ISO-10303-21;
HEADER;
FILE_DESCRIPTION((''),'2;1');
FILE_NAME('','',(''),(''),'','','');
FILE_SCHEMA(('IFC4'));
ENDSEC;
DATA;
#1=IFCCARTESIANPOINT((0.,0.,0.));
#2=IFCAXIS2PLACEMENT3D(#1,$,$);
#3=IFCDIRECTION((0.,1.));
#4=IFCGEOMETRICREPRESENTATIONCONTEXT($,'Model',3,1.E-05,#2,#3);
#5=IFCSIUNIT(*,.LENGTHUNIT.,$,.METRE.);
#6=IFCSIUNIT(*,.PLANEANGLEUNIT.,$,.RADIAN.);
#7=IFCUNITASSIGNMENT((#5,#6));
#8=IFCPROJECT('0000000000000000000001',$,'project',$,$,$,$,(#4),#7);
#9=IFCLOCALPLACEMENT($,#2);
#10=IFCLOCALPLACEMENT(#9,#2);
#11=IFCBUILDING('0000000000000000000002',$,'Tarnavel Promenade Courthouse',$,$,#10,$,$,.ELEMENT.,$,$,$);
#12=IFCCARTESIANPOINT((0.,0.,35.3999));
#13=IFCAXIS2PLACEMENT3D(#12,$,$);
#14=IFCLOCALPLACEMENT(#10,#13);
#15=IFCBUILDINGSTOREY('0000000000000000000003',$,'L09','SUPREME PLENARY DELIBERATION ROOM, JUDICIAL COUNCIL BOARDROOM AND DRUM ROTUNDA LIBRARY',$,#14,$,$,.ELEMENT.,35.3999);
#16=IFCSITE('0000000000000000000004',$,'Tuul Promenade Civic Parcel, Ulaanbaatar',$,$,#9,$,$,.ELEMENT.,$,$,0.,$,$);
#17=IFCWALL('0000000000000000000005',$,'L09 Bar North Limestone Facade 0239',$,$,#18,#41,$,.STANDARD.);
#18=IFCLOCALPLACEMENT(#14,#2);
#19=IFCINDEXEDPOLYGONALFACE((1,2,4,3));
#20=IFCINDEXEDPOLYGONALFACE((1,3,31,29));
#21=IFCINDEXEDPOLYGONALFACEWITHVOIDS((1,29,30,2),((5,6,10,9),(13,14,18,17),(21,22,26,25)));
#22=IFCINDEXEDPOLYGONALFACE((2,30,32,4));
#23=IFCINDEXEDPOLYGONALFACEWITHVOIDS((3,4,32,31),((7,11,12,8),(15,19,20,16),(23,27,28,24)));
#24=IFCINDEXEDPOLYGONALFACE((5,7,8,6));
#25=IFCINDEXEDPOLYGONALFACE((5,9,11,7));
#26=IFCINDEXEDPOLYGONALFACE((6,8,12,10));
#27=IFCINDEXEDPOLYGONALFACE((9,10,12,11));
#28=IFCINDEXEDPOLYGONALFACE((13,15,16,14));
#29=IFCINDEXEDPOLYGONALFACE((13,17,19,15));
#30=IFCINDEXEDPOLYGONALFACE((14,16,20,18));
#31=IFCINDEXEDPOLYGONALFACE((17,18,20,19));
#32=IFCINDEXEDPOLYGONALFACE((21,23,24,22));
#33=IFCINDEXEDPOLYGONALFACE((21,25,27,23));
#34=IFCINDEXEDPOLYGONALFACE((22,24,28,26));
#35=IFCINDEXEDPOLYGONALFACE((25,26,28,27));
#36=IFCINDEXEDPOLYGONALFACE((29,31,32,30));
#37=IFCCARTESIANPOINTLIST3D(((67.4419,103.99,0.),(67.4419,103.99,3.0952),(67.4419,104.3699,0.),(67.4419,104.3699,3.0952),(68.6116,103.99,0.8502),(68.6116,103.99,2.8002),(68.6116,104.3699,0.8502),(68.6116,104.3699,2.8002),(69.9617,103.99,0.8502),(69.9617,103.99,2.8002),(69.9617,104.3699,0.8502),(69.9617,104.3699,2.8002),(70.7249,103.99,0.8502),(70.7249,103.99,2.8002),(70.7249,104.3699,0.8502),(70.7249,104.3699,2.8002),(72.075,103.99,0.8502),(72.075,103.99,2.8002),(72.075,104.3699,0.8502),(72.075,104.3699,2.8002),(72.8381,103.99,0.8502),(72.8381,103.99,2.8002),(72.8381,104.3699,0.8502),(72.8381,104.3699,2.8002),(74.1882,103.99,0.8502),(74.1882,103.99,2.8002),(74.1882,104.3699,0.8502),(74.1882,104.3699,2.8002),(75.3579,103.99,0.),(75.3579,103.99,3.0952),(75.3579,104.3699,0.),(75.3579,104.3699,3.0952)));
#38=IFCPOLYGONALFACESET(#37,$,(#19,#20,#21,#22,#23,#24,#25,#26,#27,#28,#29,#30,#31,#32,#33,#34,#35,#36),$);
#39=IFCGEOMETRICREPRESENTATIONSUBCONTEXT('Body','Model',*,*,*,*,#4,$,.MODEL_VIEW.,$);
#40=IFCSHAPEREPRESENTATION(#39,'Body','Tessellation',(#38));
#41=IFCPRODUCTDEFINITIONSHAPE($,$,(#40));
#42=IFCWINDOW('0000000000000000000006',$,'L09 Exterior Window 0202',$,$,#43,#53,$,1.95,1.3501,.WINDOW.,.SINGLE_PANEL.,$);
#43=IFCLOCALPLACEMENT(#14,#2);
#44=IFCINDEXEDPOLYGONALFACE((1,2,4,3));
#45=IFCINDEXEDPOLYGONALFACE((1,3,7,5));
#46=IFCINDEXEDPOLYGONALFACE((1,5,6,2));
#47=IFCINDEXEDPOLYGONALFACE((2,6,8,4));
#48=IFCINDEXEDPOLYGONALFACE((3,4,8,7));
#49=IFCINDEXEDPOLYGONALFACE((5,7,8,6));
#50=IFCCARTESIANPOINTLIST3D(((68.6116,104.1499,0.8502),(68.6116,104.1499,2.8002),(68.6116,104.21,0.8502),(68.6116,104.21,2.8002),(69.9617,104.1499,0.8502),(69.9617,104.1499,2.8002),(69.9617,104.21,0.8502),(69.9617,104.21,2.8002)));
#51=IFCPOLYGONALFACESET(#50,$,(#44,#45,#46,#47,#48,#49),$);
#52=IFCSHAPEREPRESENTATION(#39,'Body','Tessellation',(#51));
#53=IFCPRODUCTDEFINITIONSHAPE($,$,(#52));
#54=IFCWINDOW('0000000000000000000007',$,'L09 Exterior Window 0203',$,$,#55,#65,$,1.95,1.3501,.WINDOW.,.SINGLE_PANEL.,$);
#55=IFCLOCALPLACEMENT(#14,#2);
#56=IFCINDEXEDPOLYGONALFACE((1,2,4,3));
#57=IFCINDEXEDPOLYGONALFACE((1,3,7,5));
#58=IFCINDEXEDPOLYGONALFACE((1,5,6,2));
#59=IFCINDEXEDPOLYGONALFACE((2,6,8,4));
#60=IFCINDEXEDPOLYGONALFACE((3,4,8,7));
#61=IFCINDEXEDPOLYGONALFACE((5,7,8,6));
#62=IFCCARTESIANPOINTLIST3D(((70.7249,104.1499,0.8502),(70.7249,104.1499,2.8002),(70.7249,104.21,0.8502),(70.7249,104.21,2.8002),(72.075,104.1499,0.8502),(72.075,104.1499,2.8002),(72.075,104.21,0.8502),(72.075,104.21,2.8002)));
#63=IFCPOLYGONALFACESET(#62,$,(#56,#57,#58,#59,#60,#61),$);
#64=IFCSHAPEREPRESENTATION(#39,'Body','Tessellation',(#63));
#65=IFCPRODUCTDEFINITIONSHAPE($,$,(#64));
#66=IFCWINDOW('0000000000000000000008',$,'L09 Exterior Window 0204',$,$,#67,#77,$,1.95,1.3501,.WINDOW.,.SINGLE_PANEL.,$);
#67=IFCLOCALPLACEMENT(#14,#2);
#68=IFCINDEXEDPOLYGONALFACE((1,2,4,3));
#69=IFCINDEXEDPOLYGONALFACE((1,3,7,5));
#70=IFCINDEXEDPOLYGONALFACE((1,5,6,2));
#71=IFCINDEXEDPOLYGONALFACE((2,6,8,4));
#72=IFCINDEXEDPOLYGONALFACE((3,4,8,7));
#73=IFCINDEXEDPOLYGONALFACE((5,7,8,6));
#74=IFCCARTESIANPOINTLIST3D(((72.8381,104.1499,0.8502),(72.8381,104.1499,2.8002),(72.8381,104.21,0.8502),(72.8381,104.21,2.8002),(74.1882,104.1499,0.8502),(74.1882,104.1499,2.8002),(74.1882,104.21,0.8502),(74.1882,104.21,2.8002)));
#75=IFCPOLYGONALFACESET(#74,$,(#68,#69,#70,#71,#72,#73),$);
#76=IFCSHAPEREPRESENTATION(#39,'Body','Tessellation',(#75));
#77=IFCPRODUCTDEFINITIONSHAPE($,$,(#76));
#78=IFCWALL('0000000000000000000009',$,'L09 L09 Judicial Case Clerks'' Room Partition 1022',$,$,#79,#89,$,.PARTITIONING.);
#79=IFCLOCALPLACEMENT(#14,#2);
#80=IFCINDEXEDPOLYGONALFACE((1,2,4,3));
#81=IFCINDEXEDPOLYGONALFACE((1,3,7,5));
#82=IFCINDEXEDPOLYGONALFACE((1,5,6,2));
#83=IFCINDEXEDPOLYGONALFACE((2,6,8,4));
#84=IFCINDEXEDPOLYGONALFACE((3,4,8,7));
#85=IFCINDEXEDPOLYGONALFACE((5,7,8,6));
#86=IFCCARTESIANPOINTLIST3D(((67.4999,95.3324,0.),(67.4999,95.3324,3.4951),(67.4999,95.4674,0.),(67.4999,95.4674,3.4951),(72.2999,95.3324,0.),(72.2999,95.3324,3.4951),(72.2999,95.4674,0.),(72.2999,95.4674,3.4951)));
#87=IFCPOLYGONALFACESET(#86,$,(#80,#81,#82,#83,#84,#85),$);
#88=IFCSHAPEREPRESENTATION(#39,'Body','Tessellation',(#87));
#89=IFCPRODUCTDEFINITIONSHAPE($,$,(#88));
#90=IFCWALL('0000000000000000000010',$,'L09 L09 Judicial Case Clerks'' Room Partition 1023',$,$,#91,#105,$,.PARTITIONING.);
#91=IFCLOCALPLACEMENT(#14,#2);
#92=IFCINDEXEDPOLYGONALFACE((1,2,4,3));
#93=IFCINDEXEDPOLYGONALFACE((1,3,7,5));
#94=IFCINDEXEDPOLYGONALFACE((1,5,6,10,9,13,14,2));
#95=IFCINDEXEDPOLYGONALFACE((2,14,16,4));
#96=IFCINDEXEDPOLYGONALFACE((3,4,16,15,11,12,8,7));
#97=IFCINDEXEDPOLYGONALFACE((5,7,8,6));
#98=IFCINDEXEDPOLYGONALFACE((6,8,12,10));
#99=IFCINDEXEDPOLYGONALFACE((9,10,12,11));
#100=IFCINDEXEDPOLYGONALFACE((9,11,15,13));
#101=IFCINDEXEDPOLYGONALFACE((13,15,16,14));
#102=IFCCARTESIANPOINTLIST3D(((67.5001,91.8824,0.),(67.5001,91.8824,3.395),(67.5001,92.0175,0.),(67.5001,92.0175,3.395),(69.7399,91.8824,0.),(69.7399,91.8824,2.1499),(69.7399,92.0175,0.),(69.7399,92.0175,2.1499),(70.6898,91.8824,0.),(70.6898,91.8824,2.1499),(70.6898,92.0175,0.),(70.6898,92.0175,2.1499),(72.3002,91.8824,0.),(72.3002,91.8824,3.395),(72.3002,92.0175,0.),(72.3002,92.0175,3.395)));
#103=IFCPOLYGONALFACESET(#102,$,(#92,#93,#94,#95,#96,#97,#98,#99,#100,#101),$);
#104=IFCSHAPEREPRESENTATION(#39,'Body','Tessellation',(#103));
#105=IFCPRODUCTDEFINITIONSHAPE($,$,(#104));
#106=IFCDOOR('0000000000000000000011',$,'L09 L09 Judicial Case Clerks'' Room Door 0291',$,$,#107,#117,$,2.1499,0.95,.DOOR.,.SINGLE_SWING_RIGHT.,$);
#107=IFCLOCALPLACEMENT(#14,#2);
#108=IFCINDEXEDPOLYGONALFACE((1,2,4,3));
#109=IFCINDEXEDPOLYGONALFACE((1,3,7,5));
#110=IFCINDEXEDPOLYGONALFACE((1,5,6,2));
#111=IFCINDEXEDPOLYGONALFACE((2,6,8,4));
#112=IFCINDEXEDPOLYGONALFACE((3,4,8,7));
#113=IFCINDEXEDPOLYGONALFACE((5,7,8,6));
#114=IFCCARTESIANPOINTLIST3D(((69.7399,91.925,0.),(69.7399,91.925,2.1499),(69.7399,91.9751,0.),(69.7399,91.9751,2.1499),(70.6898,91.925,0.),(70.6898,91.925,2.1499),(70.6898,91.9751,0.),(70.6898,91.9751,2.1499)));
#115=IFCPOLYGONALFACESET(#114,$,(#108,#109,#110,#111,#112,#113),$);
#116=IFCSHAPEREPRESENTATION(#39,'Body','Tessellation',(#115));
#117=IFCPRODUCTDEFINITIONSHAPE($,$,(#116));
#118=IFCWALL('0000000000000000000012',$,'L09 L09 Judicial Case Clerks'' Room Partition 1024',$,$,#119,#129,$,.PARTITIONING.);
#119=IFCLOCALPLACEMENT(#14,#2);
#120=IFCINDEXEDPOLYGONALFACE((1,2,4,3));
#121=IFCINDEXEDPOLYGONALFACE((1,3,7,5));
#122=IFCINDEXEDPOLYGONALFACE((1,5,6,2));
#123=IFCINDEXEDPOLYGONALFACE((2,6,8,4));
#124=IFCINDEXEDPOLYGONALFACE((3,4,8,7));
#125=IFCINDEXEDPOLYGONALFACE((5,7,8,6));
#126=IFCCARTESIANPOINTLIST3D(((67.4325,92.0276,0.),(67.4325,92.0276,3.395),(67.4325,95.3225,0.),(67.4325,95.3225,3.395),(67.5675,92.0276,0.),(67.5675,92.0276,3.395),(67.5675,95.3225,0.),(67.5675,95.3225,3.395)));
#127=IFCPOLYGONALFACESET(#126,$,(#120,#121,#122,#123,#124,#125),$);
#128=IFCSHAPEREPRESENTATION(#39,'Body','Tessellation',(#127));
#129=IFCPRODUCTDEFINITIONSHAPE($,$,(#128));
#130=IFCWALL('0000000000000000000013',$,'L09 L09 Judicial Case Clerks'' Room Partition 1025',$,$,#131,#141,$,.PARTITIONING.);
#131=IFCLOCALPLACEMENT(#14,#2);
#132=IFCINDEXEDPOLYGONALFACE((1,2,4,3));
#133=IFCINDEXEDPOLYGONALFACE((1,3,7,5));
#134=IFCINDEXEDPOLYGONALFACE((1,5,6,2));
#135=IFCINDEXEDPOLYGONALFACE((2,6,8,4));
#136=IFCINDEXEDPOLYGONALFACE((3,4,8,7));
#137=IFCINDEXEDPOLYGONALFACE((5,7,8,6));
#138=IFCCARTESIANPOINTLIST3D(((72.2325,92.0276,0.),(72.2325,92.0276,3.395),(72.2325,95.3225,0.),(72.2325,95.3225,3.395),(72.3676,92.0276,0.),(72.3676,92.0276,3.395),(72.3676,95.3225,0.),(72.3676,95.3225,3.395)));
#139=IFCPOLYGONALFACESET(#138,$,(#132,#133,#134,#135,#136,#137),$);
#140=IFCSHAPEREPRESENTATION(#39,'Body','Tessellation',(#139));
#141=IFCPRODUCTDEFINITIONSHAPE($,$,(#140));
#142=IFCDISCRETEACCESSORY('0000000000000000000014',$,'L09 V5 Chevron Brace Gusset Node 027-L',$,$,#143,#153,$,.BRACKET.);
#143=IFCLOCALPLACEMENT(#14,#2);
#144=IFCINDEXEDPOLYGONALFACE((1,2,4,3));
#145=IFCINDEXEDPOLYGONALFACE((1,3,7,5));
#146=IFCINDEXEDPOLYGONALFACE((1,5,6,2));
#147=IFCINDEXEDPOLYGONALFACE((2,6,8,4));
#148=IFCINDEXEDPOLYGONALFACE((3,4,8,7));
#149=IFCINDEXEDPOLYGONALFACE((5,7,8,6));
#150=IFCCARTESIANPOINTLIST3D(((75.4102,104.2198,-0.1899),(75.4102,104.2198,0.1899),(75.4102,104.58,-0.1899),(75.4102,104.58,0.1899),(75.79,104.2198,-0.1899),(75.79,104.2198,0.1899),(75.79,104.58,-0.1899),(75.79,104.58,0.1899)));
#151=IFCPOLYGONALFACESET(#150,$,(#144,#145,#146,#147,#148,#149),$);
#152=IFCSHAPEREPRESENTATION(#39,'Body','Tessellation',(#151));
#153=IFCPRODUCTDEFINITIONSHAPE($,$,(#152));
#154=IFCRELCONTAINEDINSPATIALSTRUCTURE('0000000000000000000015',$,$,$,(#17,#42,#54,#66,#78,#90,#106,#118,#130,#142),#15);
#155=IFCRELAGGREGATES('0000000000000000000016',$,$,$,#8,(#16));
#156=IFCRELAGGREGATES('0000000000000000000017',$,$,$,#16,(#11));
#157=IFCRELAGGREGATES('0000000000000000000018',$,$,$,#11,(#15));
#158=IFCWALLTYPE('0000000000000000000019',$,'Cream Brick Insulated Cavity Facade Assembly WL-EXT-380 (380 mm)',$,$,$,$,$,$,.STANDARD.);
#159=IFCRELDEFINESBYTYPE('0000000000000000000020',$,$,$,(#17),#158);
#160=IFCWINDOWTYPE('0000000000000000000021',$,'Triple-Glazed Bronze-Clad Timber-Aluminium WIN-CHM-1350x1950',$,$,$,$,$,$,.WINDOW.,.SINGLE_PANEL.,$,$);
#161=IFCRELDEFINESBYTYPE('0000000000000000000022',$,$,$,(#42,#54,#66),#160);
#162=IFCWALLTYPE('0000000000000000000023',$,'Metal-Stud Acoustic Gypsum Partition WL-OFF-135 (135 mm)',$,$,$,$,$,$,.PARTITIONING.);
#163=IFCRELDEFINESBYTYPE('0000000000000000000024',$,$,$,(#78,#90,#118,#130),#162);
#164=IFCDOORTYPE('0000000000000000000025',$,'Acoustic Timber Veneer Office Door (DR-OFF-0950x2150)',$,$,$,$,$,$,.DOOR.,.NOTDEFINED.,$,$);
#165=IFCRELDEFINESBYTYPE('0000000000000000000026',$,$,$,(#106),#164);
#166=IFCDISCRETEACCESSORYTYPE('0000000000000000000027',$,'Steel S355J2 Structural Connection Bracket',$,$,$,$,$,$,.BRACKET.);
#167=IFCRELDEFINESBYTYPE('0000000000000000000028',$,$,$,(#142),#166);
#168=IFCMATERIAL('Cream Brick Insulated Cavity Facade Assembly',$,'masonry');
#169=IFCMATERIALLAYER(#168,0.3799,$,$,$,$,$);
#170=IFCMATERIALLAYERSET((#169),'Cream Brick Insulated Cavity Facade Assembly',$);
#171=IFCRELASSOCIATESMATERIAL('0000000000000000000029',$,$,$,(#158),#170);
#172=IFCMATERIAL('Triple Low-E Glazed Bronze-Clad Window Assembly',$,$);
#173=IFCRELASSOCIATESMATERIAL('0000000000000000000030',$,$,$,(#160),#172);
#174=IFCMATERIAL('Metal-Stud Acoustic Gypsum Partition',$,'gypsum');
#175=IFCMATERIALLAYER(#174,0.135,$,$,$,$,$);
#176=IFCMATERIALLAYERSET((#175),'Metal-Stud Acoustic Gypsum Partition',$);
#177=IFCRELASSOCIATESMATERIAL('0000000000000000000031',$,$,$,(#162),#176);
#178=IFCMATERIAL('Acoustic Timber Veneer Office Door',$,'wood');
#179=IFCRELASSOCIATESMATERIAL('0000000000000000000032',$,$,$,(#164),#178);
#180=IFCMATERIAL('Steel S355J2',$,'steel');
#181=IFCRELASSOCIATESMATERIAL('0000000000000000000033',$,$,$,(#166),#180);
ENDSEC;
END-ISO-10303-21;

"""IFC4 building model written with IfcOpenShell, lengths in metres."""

from ifc_helpers import new_model, si_unit, direction, frame, frame_2d, origin, origin_2d, place, context, subcontext, project, spatial, rectangle, extrude, material, layer, layer_set, type_object, element, fill, save


model = new_model("IFC4")

# Units and contexts
model_context = context("Model", 3, precision=1e-05, world=origin(), true_north=direction((0.0, 1.0)))
body_context = subcontext(model_context, "Body", "Model", "MODEL_VIEW")
ifc_project = project(units=[si_unit("LENGTHUNIT", "METRE"), si_unit("PLANEANGLEUNIT", "RADIAN")], contexts=[model_context])

# Site, building, storey
site_placement = place(None, origin())
site = spatial("IfcSite", under=ifc_project, at=site_placement, Name="Tuul Promenade Civic Parcel, Ulaanbaatar", CompositionType="ELEMENT", RefElevation=0.0)
building_placement = place(site_placement, origin())
building = spatial("IfcBuilding", under=site, at=building_placement, Name="Tarnavel Promenade Courthouse", CompositionType="ELEMENT")
storey_placement = place(building_placement, frame((0.0, 0.0, 35.3999)))
storey = spatial("IfcBuildingStorey", under=building, at=storey_placement, Name="L09", Description="SUPREME PLENARY DELIBERATION ROOM, JUDICIAL COUNCIL BOARDROOM AND DRUM ROTUNDA LIBRARY", CompositionType="ELEMENT", Elevation=35.3999)

# Shared definitions
ifc_material_1 = material(Name="Steel S355J2", Category="steel")

# Wall, openings, windows
ifc_material_2 = material(Name="Cream Brick Insulated Cavity Facade Assembly", Category="masonry")
ifc_layer_1 = layer(ifc_material_2, 0.3799)
ifc_layer_set_1 = layer_set([ifc_layer_1], Name="Cream Brick Insulated Cavity Facade Assembly")
wall_type_1 = type_object("IfcWallType", Name="Cream Brick Insulated Cavity Facade Assembly WL-EXT-380 (380 mm)", PredefinedType="STANDARD", material=ifc_layer_set_1)
wall_1_placement = place(storey_placement, frame((67.4419, 104.1799, 0.0), z_axis=(0.0, 0.0, 1.0), x_axis=(1.0, 0.0, 0.0)))
wall_1 = element("IfcWall", 1, at=wall_1_placement, inside=storey, type_object=wall_type_1, Name="L09 Bar North Limestone Facade 0239", PredefinedType="STANDARD", context=body_context, shape_type="SweptSolid", body=[
    extrude(rectangle(XDim=7.916, YDim=0.3799, at=frame_2d((3.958, 0.0))), origin(), (0.0, 0.0, 1.0), 3.0952),
])
opening_1_placement = place(wall_1_placement, frame((1.1697, 0.0, 0.8501)))
opening_1 = element("IfcOpeningElement", 2, at=opening_1_placement, cuts=wall_1, PredefinedType="OPENING", context=body_context, shape_type="SweptSolid", body=[
    extrude(rectangle(XDim=1.3501, YDim=1.95, at=frame_2d((0.675, 0.9751))), frame((0.0, 0.2, 0.0), z_axis=(0.0, -1.0, 0.0), x_axis=(1.0, 0.0, 0.0)), (0.0, 0.0, 1.0), 0.3999),
])
opening_2_placement = place(wall_1_placement, frame((3.283, 0.0, 0.8501)))
opening_2 = element("IfcOpeningElement", 3, at=opening_2_placement, cuts=wall_1, PredefinedType="OPENING", context=body_context, shape_type="SweptSolid", body=[
    extrude(rectangle(XDim=1.3501, YDim=1.95, at=frame_2d((0.675, 0.9751))), frame((0.0, 0.2, 0.0), z_axis=(0.0, -1.0, 0.0), x_axis=(1.0, 0.0, 0.0)), (0.0, 0.0, 1.0), 0.3999),
])
opening_3_placement = place(wall_1_placement, frame((5.3962, 0.0, 0.8501)))
opening_3 = element("IfcOpeningElement", 4, at=opening_3_placement, cuts=wall_1, PredefinedType="OPENING", context=body_context, shape_type="SweptSolid", body=[
    extrude(rectangle(XDim=1.3501, YDim=1.95, at=frame_2d((0.675, 0.9751))), frame((0.0, 0.2, 0.0), z_axis=(0.0, -1.0, 0.0), x_axis=(1.0, 0.0, 0.0)), (0.0, 0.0, 1.0), 0.3999),
])
ifc_material_3 = material(Name="Triple Low-E Glazed Bronze-Clad Window Assembly")
window_type = type_object("IfcWindowType", Name="Triple-Glazed Bronze-Clad Timber-Aluminium WIN-CHM-1350x1950", PartitioningType="SINGLE_PANEL", PredefinedType="WINDOW", material=ifc_material_3)
window_1_placement = place(opening_1_placement, origin())
window_1 = element("IfcWindow", 5, at=window_1_placement, inside=storey, type_object=window_type, Name="L09 Exterior Window 0202", OverallHeight=1.95, OverallWidth=1.3501, PartitioningType="SINGLE_PANEL", PredefinedType="WINDOW", context=body_context, shape_type="SweptSolid", body=[
    extrude(rectangle(XDim=1.3501, YDim=1.95, at=frame_2d((0.675, 0.9751))), frame((0.0, 0.03, 0.0), z_axis=(0.0, -1.0, 0.0), x_axis=(1.0, 0.0, 0.0)), (0.0, 0.0, 1.0), 0.0601),
])
fill(opening_1, window_1)
window_2_placement = place(opening_2_placement, origin())
window_2 = element("IfcWindow", 6, at=window_2_placement, inside=storey, type_object=window_type, Name="L09 Exterior Window 0203", OverallHeight=1.95, OverallWidth=1.3501, PartitioningType="SINGLE_PANEL", PredefinedType="WINDOW", context=body_context, shape_type="SweptSolid", body=[
    extrude(rectangle(XDim=1.3501, YDim=1.95, at=frame_2d((0.675, 0.9751))), frame((0.0, 0.03, 0.0), z_axis=(0.0, -1.0, 0.0), x_axis=(1.0, 0.0, 0.0)), (0.0, 0.0, 1.0), 0.0601),
])
fill(opening_2, window_2)
window_3_placement = place(opening_3_placement, origin())
window_3 = element("IfcWindow", 7, at=window_3_placement, inside=storey, type_object=window_type, Name="L09 Exterior Window 0204", OverallHeight=1.95, OverallWidth=1.3501, PartitioningType="SINGLE_PANEL", PredefinedType="WINDOW", context=body_context, shape_type="SweptSolid", body=[
    extrude(rectangle(XDim=1.3501, YDim=1.95, at=frame_2d((0.675, 0.9751))), frame((0.0, 0.03, 0.0), z_axis=(0.0, -1.0, 0.0), x_axis=(1.0, 0.0, 0.0)), (0.0, 0.0, 1.0), 0.0601),
])
fill(opening_3, window_3)

# Wall
ifc_material_4 = material(Name="Metal-Stud Acoustic Gypsum Partition", Category="gypsum")
ifc_layer_2 = layer(ifc_material_4, 0.135)
ifc_layer_set_2 = layer_set([ifc_layer_2], Name="Metal-Stud Acoustic Gypsum Partition")
wall_type_2 = type_object("IfcWallType", Name="Metal-Stud Acoustic Gypsum Partition WL-OFF-135 (135 mm)", PredefinedType="PARTITIONING", material=ifc_layer_set_2)
wall_2_placement = place(storey_placement, frame((67.5, 95.3999, 0.0), z_axis=(0.0, 0.0, 1.0), x_axis=(1.0, 0.0, 0.0)))
element("IfcWall", 8, at=wall_2_placement, inside=storey, type_object=wall_type_2, Name="L09 L09 Judicial Case Clerks' Room Partition 1022", PredefinedType="PARTITIONING", context=body_context, shape_type="SweptSolid", body=[
    extrude(rectangle(XDim=4.8, YDim=0.135, at=frame_2d((2.3999, 0.0))), origin(), (0.0, 0.0, 1.0), 3.4951),
])

# Wall, opening, door
wall_3_placement = place(storey_placement, frame((72.3, 91.95, 0.0), z_axis=(0.0, 0.0, 1.0), x_axis=(-1.0, 0.0, 0.0)))
wall_3 = element("IfcWall", 9, at=wall_3_placement, inside=storey, type_object=wall_type_2, Name="L09 L09 Judicial Case Clerks' Room Partition 1023", PredefinedType="PARTITIONING", context=body_context, shape_type="SweptSolid", body=[
    extrude(rectangle(XDim=4.8, YDim=0.135, at=frame_2d((2.3999, 0.0))), origin(), (0.0, 0.0, 1.0), 3.395),
])
opening_4_placement = place(wall_3_placement, frame((1.6101, 0.0, 0.0)))
opening_4 = element("IfcOpeningElement", 10, at=opening_4_placement, cuts=wall_3, PredefinedType="OPENING", context=body_context, shape_type="SweptSolid", body=[
    extrude(rectangle(XDim=0.95, YDim=2.1499, at=frame_2d((0.4751, 1.075))), frame((0.0, 0.0774, 0.0), z_axis=(0.0, -1.0, 0.0), x_axis=(1.0, 0.0, 0.0)), (0.0, 0.0, 1.0), 0.155),
])
ifc_material_5 = material(Name="Acoustic Timber Veneer Office Door", Category="wood")
door_type_1 = type_object("IfcDoorType", Name="Acoustic Timber Veneer Office Door (DR-OFF-0950x2150)", OperationType="NOTDEFINED", PredefinedType="DOOR", material=ifc_material_5)
door_1_placement = place(opening_4_placement, origin())
door_1 = element("IfcDoor", 11, at=door_1_placement, inside=storey, type_object=door_type_1, Name="L09 L09 Judicial Case Clerks' Room Door 0291", OperationType="SINGLE_SWING_RIGHT", OverallHeight=2.1499, OverallWidth=0.95, PredefinedType="DOOR", context=body_context, shape_type="SweptSolid", body=[
    extrude(rectangle(XDim=0.95, YDim=2.1499, at=frame_2d((0.4751, 1.075))), frame((0.0, 0.0249, 0.0), z_axis=(0.0, -1.0, 0.0), x_axis=(1.0, 0.0, 0.0)), (0.0, 0.0, 1.0), 0.05),
])
fill(opening_4, door_1)

# Walls
for number, where, z_axis, x_axis, name in (
    (12, (67.5, 92.0276, 0.0), (0.0, 0.0, 1.0), (0.0, 1.0, 0.0), "L09 L09 Judicial Case Clerks' Room Partition 1024"),
    (13, (72.3, 95.3225, 0.0), (0.0, 0.0, 1.0), (0.0, -1.0, 0.0), "L09 L09 Judicial Case Clerks' Room Partition 1025"),
):
    element("IfcWall", number, at=place(storey_placement, frame(where, z_axis=z_axis, x_axis=x_axis)), inside=storey, type_object=wall_type_2, Name=name, PredefinedType="PARTITIONING", context=body_context, shape_type="SweptSolid", body=[
        extrude(rectangle(XDim=3.2949, YDim=0.135, at=frame_2d((1.6475, 0.0))), origin(), (0.0, 0.0, 1.0), 3.395),
    ])

# Discrete accessory
discrete_accessory_type = type_object("IfcDiscreteAccessoryType", Name="Steel S355J2 Structural Connection Bracket", PredefinedType="BRACKET", material=ifc_material_1)
discrete_accessory_placement = place(storey_placement, frame((75.6001, 104.3999, -0.1899), z_axis=(0.0, 0.0, 1.0), x_axis=(1.0, 0.0, 0.0)))
element("IfcDiscreteAccessory", 14, at=discrete_accessory_placement, inside=storey, type_object=discrete_accessory_type, Name="L09 V5 Chevron Brace Gusset Node 027-L", PredefinedType="BRACKET", context=body_context, shape_type="SweptSolid", body=[
    extrude(rectangle(XDim=0.3799, YDim=0.3601, at=origin_2d()), origin(), (0.0, 0.0, 1.0), 0.3799),
])

save(model, "model.ifc")
